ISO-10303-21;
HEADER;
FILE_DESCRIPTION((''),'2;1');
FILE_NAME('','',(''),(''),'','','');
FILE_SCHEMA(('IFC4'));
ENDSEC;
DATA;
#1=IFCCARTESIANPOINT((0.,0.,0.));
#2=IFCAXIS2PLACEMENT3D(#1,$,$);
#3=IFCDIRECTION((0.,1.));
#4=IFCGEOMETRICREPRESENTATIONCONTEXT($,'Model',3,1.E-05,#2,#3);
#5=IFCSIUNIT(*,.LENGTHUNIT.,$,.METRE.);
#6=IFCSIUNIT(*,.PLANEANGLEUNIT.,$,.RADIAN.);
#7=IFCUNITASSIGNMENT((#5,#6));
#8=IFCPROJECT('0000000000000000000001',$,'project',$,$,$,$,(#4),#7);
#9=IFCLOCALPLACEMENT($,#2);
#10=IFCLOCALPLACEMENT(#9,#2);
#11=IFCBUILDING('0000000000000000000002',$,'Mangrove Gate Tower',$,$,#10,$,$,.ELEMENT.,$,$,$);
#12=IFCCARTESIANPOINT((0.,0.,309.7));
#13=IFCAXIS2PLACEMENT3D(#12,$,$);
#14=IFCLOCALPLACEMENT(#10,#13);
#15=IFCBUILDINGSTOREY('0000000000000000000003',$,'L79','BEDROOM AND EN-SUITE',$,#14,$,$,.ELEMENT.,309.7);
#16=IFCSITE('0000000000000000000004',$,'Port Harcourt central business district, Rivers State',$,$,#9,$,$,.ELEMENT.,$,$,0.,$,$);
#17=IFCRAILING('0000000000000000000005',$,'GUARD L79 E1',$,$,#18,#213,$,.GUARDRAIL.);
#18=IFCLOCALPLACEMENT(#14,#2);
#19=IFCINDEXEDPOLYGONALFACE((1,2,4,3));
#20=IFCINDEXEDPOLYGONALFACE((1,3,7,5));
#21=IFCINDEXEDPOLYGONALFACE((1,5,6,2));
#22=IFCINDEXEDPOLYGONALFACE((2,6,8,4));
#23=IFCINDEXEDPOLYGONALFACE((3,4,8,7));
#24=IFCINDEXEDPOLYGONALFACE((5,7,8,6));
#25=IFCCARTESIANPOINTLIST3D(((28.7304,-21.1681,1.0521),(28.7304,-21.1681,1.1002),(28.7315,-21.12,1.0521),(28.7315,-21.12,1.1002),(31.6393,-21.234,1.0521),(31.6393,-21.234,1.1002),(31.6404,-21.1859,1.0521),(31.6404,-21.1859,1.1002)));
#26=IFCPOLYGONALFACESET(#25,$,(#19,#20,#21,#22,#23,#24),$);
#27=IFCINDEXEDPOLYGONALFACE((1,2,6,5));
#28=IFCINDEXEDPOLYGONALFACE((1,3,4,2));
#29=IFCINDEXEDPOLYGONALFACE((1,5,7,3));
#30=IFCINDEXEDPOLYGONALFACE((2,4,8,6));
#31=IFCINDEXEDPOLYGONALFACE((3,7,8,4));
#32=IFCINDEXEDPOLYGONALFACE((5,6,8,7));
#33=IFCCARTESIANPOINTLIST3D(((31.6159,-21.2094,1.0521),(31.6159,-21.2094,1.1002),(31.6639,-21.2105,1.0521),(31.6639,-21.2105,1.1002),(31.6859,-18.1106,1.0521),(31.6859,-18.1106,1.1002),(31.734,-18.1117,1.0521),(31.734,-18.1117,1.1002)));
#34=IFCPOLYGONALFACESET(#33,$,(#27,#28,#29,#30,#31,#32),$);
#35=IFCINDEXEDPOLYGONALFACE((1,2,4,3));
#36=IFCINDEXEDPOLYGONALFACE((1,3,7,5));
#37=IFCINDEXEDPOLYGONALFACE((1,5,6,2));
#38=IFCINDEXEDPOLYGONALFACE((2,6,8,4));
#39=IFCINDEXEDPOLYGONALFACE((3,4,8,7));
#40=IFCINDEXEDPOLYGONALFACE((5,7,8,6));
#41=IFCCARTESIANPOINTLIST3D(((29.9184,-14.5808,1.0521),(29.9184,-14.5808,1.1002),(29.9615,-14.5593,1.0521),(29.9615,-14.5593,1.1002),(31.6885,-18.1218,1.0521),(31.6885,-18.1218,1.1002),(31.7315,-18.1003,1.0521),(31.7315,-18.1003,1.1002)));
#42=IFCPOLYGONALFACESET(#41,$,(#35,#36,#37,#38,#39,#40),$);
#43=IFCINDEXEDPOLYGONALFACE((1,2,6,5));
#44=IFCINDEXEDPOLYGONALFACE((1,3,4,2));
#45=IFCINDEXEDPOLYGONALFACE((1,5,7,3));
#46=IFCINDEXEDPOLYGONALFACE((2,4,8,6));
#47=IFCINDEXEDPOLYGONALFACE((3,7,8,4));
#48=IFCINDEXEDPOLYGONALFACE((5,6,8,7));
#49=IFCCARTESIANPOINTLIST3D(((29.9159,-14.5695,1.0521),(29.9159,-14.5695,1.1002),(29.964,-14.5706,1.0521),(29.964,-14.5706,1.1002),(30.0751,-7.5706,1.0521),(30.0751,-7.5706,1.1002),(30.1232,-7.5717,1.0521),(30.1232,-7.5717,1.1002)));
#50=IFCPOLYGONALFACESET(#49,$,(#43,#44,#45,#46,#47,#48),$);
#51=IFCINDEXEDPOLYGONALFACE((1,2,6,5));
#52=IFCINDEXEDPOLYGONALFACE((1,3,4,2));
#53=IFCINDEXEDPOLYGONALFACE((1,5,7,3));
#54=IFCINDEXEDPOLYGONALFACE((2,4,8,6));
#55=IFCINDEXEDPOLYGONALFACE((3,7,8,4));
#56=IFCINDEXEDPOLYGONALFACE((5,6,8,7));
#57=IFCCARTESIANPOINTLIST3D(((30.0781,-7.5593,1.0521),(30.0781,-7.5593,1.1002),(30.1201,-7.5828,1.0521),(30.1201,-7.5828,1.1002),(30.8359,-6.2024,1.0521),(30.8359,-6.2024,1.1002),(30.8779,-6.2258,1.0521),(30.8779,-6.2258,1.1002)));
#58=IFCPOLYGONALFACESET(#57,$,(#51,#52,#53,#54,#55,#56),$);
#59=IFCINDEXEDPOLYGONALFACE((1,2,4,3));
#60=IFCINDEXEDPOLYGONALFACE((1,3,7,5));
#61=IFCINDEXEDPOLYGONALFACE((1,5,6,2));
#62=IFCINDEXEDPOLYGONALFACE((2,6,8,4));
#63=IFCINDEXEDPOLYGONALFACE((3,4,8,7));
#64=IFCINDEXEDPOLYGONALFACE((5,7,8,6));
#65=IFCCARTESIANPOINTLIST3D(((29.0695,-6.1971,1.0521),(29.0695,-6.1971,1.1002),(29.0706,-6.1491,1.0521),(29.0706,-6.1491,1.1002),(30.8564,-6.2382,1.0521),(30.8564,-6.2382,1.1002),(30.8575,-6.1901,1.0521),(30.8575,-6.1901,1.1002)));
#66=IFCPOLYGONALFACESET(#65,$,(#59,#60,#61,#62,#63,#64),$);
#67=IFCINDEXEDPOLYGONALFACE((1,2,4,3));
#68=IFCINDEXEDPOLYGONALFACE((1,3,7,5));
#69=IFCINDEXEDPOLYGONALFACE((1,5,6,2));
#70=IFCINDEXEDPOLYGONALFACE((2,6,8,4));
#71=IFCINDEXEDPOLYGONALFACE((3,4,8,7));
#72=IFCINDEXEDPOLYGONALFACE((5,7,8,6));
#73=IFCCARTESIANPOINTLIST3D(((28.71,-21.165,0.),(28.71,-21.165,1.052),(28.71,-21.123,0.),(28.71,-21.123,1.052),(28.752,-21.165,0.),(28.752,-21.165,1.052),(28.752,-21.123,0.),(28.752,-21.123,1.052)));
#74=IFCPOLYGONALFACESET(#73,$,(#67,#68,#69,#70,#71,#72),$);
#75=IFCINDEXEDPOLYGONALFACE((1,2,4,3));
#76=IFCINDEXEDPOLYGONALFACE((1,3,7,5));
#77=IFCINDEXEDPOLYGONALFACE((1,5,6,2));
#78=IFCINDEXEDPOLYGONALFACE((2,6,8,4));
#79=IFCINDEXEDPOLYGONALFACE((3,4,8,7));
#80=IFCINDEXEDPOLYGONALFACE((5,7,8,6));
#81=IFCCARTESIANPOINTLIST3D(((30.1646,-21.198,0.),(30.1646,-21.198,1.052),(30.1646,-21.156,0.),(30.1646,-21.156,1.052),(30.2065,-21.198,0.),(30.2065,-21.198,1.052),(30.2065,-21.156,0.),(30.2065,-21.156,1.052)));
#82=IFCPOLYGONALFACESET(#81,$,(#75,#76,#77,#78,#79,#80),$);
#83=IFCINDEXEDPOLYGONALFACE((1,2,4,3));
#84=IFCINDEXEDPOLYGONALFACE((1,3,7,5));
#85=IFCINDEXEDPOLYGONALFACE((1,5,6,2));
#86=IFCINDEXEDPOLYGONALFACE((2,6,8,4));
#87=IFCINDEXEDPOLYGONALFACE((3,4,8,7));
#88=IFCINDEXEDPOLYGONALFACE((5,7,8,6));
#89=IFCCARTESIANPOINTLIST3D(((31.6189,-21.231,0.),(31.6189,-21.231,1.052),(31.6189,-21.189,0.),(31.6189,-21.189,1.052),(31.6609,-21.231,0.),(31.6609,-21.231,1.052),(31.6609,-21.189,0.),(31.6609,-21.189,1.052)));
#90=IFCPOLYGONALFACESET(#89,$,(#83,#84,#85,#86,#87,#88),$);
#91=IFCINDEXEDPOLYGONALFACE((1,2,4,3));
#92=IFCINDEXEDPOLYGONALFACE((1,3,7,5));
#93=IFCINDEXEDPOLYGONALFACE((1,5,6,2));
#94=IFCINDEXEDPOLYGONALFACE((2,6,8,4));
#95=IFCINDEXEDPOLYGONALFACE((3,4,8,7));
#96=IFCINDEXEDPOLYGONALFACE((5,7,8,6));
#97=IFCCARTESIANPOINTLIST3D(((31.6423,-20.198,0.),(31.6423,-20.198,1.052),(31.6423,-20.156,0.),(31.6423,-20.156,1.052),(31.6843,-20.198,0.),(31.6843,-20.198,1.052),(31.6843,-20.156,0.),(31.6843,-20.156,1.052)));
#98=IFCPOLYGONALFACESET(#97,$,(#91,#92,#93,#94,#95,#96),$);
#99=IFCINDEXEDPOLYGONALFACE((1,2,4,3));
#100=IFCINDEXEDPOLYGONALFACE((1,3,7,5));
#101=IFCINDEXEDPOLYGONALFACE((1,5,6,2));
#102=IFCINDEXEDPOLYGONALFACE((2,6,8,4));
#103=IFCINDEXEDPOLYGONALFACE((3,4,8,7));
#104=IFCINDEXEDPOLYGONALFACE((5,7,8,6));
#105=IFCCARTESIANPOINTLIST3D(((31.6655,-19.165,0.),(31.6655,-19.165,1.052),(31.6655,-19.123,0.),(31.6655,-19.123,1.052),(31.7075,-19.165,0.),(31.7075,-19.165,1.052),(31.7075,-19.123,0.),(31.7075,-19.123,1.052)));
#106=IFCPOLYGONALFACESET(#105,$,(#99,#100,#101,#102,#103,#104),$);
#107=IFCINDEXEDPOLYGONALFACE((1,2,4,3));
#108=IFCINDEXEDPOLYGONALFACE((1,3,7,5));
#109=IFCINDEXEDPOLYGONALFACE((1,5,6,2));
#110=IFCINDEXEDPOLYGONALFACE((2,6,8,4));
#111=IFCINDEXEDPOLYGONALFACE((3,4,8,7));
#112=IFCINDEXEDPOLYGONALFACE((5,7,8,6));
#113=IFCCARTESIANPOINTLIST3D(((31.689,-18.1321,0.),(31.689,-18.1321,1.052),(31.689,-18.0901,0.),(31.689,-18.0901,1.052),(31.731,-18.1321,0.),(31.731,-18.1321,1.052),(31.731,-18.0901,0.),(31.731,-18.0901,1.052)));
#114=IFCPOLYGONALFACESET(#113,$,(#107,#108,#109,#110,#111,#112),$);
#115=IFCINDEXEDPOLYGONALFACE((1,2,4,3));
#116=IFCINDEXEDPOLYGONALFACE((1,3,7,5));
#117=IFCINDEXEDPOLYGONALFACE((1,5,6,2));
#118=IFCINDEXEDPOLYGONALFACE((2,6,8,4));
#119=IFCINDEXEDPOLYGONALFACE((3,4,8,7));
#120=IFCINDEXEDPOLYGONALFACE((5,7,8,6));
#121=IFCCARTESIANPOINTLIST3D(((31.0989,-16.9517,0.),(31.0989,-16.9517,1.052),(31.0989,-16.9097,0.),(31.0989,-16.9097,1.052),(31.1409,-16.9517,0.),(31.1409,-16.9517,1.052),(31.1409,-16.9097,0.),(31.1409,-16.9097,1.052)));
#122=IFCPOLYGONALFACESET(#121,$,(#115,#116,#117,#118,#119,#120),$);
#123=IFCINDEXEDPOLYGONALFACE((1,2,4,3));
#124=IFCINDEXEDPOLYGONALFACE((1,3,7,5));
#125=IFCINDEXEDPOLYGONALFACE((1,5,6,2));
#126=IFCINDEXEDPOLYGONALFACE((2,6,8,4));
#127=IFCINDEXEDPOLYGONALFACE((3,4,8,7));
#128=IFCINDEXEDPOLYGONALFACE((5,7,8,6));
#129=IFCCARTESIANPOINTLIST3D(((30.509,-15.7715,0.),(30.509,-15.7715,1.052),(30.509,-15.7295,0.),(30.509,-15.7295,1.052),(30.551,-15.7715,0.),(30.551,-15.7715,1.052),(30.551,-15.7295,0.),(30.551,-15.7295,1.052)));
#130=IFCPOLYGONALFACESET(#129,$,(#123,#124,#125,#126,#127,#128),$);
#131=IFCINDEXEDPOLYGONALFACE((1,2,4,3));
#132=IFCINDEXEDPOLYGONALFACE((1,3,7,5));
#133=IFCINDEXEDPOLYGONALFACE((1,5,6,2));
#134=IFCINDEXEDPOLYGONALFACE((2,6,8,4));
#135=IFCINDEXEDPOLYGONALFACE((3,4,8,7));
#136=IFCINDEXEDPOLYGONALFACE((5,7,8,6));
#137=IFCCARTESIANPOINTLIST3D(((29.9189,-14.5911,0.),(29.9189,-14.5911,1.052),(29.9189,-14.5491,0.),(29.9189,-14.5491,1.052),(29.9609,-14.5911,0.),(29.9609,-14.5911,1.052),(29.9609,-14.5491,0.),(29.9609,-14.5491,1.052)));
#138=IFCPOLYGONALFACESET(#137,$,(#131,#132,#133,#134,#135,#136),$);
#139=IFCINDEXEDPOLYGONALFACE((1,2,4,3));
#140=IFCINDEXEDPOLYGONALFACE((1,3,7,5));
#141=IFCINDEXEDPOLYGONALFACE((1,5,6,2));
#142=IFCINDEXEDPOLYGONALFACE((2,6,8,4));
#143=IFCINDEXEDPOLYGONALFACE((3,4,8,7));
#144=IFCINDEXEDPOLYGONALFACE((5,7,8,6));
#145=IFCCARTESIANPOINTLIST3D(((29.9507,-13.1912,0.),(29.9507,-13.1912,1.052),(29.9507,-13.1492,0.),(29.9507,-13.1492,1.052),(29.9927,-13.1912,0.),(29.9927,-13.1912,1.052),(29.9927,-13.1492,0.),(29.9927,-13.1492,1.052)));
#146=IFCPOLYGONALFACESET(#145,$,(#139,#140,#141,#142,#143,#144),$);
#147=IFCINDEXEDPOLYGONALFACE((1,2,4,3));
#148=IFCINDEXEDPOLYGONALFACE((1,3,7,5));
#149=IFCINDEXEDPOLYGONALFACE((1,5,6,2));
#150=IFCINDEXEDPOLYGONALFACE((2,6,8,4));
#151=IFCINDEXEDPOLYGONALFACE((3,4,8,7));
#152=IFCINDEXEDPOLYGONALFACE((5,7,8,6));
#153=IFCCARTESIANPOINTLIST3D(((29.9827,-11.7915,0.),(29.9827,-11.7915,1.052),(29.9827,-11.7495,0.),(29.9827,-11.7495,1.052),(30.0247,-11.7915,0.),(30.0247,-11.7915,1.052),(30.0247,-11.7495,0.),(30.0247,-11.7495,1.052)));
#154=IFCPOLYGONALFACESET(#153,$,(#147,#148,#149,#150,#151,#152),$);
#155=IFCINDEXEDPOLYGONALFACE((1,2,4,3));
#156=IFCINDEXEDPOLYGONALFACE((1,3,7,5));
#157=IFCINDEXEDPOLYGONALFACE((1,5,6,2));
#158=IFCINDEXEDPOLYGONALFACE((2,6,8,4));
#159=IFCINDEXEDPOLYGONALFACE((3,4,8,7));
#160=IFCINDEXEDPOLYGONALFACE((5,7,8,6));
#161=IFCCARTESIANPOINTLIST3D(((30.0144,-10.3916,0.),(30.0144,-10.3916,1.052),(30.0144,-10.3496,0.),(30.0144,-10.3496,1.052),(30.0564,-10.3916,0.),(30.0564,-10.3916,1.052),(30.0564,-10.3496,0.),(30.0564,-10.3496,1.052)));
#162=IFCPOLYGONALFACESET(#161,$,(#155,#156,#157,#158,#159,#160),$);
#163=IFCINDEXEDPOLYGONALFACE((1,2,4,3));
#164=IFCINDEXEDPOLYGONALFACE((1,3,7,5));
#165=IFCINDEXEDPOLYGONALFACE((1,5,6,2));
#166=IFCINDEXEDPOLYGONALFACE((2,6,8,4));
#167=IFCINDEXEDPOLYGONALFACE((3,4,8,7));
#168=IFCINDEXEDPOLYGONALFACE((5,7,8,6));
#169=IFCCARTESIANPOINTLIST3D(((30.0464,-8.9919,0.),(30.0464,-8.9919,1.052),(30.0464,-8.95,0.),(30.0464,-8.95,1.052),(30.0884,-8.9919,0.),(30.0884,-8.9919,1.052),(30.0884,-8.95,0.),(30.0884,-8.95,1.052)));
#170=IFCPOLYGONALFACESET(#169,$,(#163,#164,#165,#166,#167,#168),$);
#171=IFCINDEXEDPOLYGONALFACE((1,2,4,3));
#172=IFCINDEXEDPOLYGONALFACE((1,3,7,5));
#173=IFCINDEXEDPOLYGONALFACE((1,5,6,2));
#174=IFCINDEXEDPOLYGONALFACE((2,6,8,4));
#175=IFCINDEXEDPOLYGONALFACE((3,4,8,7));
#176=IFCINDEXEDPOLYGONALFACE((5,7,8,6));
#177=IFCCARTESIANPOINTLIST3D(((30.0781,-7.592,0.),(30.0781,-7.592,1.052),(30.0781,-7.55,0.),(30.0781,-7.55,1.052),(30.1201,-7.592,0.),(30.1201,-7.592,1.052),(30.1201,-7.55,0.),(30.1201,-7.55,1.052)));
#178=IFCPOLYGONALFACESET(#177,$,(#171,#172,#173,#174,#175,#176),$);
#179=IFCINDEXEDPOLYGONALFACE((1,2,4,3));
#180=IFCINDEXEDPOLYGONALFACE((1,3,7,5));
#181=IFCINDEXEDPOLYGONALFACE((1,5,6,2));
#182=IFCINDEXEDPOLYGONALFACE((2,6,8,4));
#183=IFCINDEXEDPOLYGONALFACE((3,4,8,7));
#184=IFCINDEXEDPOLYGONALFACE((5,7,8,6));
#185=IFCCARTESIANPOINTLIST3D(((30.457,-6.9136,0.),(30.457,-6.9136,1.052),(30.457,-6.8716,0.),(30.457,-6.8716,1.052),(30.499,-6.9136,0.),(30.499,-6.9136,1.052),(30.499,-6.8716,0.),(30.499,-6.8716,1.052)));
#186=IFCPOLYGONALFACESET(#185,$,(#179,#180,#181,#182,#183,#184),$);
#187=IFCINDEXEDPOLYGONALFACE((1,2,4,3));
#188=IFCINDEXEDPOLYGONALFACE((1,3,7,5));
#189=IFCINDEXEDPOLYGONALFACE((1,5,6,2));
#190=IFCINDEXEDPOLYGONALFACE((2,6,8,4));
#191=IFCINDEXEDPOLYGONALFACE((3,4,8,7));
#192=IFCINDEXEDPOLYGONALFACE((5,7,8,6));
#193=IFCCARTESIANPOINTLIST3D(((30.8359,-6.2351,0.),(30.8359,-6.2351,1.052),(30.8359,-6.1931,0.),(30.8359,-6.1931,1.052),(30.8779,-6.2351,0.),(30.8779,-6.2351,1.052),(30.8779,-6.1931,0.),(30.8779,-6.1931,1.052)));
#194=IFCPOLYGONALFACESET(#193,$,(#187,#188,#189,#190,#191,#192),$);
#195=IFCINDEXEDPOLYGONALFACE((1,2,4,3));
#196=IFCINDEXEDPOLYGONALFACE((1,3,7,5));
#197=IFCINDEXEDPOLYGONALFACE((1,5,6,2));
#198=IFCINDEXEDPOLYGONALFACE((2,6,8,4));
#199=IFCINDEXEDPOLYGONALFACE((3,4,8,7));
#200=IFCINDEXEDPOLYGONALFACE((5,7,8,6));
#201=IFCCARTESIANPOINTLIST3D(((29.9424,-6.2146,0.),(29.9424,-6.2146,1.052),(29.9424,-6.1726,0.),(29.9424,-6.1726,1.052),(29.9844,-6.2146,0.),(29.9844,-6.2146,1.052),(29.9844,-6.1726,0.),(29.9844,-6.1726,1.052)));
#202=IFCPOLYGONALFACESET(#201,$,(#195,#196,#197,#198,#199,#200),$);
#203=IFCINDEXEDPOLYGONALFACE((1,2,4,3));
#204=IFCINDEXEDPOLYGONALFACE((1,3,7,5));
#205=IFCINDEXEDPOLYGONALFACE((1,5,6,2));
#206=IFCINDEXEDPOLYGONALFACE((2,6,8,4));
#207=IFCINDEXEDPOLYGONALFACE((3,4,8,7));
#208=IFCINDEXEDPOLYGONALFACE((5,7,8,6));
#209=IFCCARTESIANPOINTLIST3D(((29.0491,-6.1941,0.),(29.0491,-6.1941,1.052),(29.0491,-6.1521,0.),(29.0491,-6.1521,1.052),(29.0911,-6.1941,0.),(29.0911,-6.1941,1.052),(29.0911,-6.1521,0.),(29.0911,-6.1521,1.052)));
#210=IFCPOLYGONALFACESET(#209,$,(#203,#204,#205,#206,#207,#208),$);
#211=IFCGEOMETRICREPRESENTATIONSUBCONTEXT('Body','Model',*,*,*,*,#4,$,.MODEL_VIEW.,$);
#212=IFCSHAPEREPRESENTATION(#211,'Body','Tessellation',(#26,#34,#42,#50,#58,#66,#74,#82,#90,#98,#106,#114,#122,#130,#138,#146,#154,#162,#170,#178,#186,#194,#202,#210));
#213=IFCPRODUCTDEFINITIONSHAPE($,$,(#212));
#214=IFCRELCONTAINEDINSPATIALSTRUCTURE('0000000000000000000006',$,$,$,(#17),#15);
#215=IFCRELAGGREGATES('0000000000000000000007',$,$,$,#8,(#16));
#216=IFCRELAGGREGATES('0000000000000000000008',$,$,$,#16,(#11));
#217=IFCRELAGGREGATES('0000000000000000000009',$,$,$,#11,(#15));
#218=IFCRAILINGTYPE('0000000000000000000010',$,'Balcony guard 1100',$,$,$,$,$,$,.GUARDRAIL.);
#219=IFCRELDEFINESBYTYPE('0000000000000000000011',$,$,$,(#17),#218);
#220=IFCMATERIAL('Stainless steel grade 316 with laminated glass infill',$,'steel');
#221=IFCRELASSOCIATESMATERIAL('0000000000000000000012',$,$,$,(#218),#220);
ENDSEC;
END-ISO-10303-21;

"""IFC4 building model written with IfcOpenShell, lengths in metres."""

from ifc_helpers import new_model, si_unit, direction, frame, origin, origin_2d, place, context, subcontext, project, spatial, rectangle, extrude, material, type_object, element, save


model = new_model("IFC4")

# Units and contexts
model_context = context("Model", 3, precision=1e-05, world=origin(), true_north=direction((0.0, 1.0)))
body_context = subcontext(model_context, "Body", "Model", "MODEL_VIEW")
ifc_project = project(units=[si_unit("LENGTHUNIT", "METRE"), si_unit("PLANEANGLEUNIT", "RADIAN")], contexts=[model_context])

# Site, building, storey
site_placement = place(None, origin())
site = spatial("IfcSite", under=ifc_project, at=site_placement, Name="Port Harcourt central business district, Rivers State", CompositionType="ELEMENT", RefElevation=0.0)
building_placement = place(site_placement, origin())
building = spatial("IfcBuilding", under=site, at=building_placement, Name="Mangrove Gate Tower", CompositionType="ELEMENT")
storey_placement = place(building_placement, frame((0.0, 0.0, 309.7)))
storey = spatial("IfcBuildingStorey", under=building, at=storey_placement, Name="L79", Description="BEDROOM AND EN-SUITE", CompositionType="ELEMENT", Elevation=309.7)

# Railing
ifc_material_1 = material(Name="Stainless steel grade 316 with laminated glass infill", Category="steel")
railing_type = type_object("IfcRailingType", Name="Balcony guard 1100", PredefinedType="GUARDRAIL", material=ifc_material_1)
railing_placement = place(storey_placement, frame((28.731, -21.144, 0.0)))
element("IfcRailing", 1, at=railing_placement, inside=storey, type_object=railing_type, Name="GUARD L79 E1", PredefinedType="GUARDRAIL", context=body_context, shape_type="SweptSolid", body=[
    extrude(rectangle(XDim=0.0481, YDim=0.0481, at=origin_2d()), frame((0.0, 0.0, 1.0762), z_axis=(0.999743, -0.022655, 0.0), x_axis=(0.022655, 0.999743, 0.0)), (0.0, 0.0, 1.0), 2.9097),
    extrude(rectangle(XDim=0.0481, YDim=0.0481, at=origin_2d()), frame((2.9089, -0.0659, 1.0762), z_axis=(0.022605, 0.999744, 0.0), x_axis=(-0.999744, 0.022605, 0.0)), (0.0, 0.0, 1.0), 3.0996),
    extrude(rectangle(XDim=0.0481, YDim=0.0481, at=origin_2d()), frame((2.979, 3.033, 1.0762), z_axis=(-0.447115, 0.894477, 0.0), x_axis=(-0.894477, -0.447115, 0.0)), (0.0, 0.0, 1.0), 3.9587),
    extrude(rectangle(XDim=0.0481, YDim=0.0481, at=origin_2d()), frame((1.209, 6.574, 1.0762), z_axis=(0.022737, 0.999741, 0.0), x_axis=(-0.999741, 0.022737, 0.0)), (0.0, 0.0, 1.0), 7.0007),
    extrude(rectangle(XDim=0.0481, YDim=0.0481, at=origin_2d()), frame((1.3682, 13.573, 1.0762), z_axis=(0.487589, 0.873073, 0.0), x_axis=(-0.873073, 0.487589, 0.0)), (0.0, 0.0, 1.0), 1.5542),
    extrude(rectangle(XDim=0.0481, YDim=0.0481, at=origin_2d()), frame((2.126, 14.9299, 1.0762), z_axis=(-0.999737, 0.022948, 0.0), x_axis=(-0.022948, -0.999737, 0.0)), (0.0, 0.0, 1.0), 1.7874),
    extrude(rectangle(XDim=0.042, YDim=0.042, at=origin_2d()), origin(), (0.0, 0.0, 1.0), 1.052),
    extrude(rectangle(XDim=0.042, YDim=0.042, at=origin_2d()), frame((1.4546, -0.033, 0.0)), (0.0, 0.0, 1.0), 1.052),
    extrude(rectangle(XDim=0.042, YDim=0.042, at=origin_2d()), frame((2.9089, -0.0659, 0.0)), (0.0, 0.0, 1.0), 1.052),
    extrude(rectangle(XDim=0.042, YDim=0.042, at=origin_2d()), frame((2.9324, 0.967, 0.0)), (0.0, 0.0, 1.0), 1.052),
    extrude(rectangle(XDim=0.042, YDim=0.042, at=origin_2d()), frame((2.9556, 2.0, 0.0)), (0.0, 0.0, 1.0), 1.052),
    extrude(rectangle(XDim=0.042, YDim=0.042, at=origin_2d()), frame((2.979, 3.033, 0.0)), (0.0, 0.0, 1.0), 1.052),
    extrude(rectangle(XDim=0.042, YDim=0.042, at=origin_2d()), frame((2.3889, 4.2134, 0.0)), (0.0, 0.0, 1.0), 1.052),
    extrude(rectangle(XDim=0.042, YDim=0.042, at=origin_2d()), frame((1.7991, 5.3936, 0.0)), (0.0, 0.0, 1.0), 1.052),
    extrude(rectangle(XDim=0.042, YDim=0.042, at=origin_2d()), frame((1.209, 6.574, 0.0)), (0.0, 0.0, 1.0), 1.052),
    extrude(rectangle(XDim=0.042, YDim=0.042, at=origin_2d()), frame((1.2407, 7.9739, 0.0)), (0.0, 0.0, 1.0), 1.052),
    extrude(rectangle(XDim=0.042, YDim=0.042, at=origin_2d()), frame((1.2727, 9.3735, 0.0)), (0.0, 0.0, 1.0), 1.052),
    extrude(rectangle(XDim=0.042, YDim=0.042, at=origin_2d()), frame((1.3044, 10.7734, 0.0)), (0.0, 0.0, 1.0), 1.052),
    extrude(rectangle(XDim=0.042, YDim=0.042, at=origin_2d()), frame((1.3364, 12.1731, 0.0)), (0.0, 0.0, 1.0), 1.052),
    extrude(rectangle(XDim=0.042, YDim=0.042, at=origin_2d()), frame((1.3682, 13.573, 0.0)), (0.0, 0.0, 1.0), 1.052),
    extrude(rectangle(XDim=0.042, YDim=0.042, at=origin_2d()), frame((1.7471, 14.2515, 0.0)), (0.0, 0.0, 1.0), 1.052),
    extrude(rectangle(XDim=0.042, YDim=0.042, at=origin_2d()), frame((2.126, 14.9299, 0.0)), (0.0, 0.0, 1.0), 1.052),
    extrude(rectangle(XDim=0.042, YDim=0.042, at=origin_2d()), frame((1.2324, 14.9504, 0.0)), (0.0, 0.0, 1.0), 1.052),
    extrude(rectangle(XDim=0.042, YDim=0.042, at=origin_2d()), frame((0.3391, 14.9709, 0.0)), (0.0, 0.0, 1.0), 1.052),
])

save(model, "model.ifc")
